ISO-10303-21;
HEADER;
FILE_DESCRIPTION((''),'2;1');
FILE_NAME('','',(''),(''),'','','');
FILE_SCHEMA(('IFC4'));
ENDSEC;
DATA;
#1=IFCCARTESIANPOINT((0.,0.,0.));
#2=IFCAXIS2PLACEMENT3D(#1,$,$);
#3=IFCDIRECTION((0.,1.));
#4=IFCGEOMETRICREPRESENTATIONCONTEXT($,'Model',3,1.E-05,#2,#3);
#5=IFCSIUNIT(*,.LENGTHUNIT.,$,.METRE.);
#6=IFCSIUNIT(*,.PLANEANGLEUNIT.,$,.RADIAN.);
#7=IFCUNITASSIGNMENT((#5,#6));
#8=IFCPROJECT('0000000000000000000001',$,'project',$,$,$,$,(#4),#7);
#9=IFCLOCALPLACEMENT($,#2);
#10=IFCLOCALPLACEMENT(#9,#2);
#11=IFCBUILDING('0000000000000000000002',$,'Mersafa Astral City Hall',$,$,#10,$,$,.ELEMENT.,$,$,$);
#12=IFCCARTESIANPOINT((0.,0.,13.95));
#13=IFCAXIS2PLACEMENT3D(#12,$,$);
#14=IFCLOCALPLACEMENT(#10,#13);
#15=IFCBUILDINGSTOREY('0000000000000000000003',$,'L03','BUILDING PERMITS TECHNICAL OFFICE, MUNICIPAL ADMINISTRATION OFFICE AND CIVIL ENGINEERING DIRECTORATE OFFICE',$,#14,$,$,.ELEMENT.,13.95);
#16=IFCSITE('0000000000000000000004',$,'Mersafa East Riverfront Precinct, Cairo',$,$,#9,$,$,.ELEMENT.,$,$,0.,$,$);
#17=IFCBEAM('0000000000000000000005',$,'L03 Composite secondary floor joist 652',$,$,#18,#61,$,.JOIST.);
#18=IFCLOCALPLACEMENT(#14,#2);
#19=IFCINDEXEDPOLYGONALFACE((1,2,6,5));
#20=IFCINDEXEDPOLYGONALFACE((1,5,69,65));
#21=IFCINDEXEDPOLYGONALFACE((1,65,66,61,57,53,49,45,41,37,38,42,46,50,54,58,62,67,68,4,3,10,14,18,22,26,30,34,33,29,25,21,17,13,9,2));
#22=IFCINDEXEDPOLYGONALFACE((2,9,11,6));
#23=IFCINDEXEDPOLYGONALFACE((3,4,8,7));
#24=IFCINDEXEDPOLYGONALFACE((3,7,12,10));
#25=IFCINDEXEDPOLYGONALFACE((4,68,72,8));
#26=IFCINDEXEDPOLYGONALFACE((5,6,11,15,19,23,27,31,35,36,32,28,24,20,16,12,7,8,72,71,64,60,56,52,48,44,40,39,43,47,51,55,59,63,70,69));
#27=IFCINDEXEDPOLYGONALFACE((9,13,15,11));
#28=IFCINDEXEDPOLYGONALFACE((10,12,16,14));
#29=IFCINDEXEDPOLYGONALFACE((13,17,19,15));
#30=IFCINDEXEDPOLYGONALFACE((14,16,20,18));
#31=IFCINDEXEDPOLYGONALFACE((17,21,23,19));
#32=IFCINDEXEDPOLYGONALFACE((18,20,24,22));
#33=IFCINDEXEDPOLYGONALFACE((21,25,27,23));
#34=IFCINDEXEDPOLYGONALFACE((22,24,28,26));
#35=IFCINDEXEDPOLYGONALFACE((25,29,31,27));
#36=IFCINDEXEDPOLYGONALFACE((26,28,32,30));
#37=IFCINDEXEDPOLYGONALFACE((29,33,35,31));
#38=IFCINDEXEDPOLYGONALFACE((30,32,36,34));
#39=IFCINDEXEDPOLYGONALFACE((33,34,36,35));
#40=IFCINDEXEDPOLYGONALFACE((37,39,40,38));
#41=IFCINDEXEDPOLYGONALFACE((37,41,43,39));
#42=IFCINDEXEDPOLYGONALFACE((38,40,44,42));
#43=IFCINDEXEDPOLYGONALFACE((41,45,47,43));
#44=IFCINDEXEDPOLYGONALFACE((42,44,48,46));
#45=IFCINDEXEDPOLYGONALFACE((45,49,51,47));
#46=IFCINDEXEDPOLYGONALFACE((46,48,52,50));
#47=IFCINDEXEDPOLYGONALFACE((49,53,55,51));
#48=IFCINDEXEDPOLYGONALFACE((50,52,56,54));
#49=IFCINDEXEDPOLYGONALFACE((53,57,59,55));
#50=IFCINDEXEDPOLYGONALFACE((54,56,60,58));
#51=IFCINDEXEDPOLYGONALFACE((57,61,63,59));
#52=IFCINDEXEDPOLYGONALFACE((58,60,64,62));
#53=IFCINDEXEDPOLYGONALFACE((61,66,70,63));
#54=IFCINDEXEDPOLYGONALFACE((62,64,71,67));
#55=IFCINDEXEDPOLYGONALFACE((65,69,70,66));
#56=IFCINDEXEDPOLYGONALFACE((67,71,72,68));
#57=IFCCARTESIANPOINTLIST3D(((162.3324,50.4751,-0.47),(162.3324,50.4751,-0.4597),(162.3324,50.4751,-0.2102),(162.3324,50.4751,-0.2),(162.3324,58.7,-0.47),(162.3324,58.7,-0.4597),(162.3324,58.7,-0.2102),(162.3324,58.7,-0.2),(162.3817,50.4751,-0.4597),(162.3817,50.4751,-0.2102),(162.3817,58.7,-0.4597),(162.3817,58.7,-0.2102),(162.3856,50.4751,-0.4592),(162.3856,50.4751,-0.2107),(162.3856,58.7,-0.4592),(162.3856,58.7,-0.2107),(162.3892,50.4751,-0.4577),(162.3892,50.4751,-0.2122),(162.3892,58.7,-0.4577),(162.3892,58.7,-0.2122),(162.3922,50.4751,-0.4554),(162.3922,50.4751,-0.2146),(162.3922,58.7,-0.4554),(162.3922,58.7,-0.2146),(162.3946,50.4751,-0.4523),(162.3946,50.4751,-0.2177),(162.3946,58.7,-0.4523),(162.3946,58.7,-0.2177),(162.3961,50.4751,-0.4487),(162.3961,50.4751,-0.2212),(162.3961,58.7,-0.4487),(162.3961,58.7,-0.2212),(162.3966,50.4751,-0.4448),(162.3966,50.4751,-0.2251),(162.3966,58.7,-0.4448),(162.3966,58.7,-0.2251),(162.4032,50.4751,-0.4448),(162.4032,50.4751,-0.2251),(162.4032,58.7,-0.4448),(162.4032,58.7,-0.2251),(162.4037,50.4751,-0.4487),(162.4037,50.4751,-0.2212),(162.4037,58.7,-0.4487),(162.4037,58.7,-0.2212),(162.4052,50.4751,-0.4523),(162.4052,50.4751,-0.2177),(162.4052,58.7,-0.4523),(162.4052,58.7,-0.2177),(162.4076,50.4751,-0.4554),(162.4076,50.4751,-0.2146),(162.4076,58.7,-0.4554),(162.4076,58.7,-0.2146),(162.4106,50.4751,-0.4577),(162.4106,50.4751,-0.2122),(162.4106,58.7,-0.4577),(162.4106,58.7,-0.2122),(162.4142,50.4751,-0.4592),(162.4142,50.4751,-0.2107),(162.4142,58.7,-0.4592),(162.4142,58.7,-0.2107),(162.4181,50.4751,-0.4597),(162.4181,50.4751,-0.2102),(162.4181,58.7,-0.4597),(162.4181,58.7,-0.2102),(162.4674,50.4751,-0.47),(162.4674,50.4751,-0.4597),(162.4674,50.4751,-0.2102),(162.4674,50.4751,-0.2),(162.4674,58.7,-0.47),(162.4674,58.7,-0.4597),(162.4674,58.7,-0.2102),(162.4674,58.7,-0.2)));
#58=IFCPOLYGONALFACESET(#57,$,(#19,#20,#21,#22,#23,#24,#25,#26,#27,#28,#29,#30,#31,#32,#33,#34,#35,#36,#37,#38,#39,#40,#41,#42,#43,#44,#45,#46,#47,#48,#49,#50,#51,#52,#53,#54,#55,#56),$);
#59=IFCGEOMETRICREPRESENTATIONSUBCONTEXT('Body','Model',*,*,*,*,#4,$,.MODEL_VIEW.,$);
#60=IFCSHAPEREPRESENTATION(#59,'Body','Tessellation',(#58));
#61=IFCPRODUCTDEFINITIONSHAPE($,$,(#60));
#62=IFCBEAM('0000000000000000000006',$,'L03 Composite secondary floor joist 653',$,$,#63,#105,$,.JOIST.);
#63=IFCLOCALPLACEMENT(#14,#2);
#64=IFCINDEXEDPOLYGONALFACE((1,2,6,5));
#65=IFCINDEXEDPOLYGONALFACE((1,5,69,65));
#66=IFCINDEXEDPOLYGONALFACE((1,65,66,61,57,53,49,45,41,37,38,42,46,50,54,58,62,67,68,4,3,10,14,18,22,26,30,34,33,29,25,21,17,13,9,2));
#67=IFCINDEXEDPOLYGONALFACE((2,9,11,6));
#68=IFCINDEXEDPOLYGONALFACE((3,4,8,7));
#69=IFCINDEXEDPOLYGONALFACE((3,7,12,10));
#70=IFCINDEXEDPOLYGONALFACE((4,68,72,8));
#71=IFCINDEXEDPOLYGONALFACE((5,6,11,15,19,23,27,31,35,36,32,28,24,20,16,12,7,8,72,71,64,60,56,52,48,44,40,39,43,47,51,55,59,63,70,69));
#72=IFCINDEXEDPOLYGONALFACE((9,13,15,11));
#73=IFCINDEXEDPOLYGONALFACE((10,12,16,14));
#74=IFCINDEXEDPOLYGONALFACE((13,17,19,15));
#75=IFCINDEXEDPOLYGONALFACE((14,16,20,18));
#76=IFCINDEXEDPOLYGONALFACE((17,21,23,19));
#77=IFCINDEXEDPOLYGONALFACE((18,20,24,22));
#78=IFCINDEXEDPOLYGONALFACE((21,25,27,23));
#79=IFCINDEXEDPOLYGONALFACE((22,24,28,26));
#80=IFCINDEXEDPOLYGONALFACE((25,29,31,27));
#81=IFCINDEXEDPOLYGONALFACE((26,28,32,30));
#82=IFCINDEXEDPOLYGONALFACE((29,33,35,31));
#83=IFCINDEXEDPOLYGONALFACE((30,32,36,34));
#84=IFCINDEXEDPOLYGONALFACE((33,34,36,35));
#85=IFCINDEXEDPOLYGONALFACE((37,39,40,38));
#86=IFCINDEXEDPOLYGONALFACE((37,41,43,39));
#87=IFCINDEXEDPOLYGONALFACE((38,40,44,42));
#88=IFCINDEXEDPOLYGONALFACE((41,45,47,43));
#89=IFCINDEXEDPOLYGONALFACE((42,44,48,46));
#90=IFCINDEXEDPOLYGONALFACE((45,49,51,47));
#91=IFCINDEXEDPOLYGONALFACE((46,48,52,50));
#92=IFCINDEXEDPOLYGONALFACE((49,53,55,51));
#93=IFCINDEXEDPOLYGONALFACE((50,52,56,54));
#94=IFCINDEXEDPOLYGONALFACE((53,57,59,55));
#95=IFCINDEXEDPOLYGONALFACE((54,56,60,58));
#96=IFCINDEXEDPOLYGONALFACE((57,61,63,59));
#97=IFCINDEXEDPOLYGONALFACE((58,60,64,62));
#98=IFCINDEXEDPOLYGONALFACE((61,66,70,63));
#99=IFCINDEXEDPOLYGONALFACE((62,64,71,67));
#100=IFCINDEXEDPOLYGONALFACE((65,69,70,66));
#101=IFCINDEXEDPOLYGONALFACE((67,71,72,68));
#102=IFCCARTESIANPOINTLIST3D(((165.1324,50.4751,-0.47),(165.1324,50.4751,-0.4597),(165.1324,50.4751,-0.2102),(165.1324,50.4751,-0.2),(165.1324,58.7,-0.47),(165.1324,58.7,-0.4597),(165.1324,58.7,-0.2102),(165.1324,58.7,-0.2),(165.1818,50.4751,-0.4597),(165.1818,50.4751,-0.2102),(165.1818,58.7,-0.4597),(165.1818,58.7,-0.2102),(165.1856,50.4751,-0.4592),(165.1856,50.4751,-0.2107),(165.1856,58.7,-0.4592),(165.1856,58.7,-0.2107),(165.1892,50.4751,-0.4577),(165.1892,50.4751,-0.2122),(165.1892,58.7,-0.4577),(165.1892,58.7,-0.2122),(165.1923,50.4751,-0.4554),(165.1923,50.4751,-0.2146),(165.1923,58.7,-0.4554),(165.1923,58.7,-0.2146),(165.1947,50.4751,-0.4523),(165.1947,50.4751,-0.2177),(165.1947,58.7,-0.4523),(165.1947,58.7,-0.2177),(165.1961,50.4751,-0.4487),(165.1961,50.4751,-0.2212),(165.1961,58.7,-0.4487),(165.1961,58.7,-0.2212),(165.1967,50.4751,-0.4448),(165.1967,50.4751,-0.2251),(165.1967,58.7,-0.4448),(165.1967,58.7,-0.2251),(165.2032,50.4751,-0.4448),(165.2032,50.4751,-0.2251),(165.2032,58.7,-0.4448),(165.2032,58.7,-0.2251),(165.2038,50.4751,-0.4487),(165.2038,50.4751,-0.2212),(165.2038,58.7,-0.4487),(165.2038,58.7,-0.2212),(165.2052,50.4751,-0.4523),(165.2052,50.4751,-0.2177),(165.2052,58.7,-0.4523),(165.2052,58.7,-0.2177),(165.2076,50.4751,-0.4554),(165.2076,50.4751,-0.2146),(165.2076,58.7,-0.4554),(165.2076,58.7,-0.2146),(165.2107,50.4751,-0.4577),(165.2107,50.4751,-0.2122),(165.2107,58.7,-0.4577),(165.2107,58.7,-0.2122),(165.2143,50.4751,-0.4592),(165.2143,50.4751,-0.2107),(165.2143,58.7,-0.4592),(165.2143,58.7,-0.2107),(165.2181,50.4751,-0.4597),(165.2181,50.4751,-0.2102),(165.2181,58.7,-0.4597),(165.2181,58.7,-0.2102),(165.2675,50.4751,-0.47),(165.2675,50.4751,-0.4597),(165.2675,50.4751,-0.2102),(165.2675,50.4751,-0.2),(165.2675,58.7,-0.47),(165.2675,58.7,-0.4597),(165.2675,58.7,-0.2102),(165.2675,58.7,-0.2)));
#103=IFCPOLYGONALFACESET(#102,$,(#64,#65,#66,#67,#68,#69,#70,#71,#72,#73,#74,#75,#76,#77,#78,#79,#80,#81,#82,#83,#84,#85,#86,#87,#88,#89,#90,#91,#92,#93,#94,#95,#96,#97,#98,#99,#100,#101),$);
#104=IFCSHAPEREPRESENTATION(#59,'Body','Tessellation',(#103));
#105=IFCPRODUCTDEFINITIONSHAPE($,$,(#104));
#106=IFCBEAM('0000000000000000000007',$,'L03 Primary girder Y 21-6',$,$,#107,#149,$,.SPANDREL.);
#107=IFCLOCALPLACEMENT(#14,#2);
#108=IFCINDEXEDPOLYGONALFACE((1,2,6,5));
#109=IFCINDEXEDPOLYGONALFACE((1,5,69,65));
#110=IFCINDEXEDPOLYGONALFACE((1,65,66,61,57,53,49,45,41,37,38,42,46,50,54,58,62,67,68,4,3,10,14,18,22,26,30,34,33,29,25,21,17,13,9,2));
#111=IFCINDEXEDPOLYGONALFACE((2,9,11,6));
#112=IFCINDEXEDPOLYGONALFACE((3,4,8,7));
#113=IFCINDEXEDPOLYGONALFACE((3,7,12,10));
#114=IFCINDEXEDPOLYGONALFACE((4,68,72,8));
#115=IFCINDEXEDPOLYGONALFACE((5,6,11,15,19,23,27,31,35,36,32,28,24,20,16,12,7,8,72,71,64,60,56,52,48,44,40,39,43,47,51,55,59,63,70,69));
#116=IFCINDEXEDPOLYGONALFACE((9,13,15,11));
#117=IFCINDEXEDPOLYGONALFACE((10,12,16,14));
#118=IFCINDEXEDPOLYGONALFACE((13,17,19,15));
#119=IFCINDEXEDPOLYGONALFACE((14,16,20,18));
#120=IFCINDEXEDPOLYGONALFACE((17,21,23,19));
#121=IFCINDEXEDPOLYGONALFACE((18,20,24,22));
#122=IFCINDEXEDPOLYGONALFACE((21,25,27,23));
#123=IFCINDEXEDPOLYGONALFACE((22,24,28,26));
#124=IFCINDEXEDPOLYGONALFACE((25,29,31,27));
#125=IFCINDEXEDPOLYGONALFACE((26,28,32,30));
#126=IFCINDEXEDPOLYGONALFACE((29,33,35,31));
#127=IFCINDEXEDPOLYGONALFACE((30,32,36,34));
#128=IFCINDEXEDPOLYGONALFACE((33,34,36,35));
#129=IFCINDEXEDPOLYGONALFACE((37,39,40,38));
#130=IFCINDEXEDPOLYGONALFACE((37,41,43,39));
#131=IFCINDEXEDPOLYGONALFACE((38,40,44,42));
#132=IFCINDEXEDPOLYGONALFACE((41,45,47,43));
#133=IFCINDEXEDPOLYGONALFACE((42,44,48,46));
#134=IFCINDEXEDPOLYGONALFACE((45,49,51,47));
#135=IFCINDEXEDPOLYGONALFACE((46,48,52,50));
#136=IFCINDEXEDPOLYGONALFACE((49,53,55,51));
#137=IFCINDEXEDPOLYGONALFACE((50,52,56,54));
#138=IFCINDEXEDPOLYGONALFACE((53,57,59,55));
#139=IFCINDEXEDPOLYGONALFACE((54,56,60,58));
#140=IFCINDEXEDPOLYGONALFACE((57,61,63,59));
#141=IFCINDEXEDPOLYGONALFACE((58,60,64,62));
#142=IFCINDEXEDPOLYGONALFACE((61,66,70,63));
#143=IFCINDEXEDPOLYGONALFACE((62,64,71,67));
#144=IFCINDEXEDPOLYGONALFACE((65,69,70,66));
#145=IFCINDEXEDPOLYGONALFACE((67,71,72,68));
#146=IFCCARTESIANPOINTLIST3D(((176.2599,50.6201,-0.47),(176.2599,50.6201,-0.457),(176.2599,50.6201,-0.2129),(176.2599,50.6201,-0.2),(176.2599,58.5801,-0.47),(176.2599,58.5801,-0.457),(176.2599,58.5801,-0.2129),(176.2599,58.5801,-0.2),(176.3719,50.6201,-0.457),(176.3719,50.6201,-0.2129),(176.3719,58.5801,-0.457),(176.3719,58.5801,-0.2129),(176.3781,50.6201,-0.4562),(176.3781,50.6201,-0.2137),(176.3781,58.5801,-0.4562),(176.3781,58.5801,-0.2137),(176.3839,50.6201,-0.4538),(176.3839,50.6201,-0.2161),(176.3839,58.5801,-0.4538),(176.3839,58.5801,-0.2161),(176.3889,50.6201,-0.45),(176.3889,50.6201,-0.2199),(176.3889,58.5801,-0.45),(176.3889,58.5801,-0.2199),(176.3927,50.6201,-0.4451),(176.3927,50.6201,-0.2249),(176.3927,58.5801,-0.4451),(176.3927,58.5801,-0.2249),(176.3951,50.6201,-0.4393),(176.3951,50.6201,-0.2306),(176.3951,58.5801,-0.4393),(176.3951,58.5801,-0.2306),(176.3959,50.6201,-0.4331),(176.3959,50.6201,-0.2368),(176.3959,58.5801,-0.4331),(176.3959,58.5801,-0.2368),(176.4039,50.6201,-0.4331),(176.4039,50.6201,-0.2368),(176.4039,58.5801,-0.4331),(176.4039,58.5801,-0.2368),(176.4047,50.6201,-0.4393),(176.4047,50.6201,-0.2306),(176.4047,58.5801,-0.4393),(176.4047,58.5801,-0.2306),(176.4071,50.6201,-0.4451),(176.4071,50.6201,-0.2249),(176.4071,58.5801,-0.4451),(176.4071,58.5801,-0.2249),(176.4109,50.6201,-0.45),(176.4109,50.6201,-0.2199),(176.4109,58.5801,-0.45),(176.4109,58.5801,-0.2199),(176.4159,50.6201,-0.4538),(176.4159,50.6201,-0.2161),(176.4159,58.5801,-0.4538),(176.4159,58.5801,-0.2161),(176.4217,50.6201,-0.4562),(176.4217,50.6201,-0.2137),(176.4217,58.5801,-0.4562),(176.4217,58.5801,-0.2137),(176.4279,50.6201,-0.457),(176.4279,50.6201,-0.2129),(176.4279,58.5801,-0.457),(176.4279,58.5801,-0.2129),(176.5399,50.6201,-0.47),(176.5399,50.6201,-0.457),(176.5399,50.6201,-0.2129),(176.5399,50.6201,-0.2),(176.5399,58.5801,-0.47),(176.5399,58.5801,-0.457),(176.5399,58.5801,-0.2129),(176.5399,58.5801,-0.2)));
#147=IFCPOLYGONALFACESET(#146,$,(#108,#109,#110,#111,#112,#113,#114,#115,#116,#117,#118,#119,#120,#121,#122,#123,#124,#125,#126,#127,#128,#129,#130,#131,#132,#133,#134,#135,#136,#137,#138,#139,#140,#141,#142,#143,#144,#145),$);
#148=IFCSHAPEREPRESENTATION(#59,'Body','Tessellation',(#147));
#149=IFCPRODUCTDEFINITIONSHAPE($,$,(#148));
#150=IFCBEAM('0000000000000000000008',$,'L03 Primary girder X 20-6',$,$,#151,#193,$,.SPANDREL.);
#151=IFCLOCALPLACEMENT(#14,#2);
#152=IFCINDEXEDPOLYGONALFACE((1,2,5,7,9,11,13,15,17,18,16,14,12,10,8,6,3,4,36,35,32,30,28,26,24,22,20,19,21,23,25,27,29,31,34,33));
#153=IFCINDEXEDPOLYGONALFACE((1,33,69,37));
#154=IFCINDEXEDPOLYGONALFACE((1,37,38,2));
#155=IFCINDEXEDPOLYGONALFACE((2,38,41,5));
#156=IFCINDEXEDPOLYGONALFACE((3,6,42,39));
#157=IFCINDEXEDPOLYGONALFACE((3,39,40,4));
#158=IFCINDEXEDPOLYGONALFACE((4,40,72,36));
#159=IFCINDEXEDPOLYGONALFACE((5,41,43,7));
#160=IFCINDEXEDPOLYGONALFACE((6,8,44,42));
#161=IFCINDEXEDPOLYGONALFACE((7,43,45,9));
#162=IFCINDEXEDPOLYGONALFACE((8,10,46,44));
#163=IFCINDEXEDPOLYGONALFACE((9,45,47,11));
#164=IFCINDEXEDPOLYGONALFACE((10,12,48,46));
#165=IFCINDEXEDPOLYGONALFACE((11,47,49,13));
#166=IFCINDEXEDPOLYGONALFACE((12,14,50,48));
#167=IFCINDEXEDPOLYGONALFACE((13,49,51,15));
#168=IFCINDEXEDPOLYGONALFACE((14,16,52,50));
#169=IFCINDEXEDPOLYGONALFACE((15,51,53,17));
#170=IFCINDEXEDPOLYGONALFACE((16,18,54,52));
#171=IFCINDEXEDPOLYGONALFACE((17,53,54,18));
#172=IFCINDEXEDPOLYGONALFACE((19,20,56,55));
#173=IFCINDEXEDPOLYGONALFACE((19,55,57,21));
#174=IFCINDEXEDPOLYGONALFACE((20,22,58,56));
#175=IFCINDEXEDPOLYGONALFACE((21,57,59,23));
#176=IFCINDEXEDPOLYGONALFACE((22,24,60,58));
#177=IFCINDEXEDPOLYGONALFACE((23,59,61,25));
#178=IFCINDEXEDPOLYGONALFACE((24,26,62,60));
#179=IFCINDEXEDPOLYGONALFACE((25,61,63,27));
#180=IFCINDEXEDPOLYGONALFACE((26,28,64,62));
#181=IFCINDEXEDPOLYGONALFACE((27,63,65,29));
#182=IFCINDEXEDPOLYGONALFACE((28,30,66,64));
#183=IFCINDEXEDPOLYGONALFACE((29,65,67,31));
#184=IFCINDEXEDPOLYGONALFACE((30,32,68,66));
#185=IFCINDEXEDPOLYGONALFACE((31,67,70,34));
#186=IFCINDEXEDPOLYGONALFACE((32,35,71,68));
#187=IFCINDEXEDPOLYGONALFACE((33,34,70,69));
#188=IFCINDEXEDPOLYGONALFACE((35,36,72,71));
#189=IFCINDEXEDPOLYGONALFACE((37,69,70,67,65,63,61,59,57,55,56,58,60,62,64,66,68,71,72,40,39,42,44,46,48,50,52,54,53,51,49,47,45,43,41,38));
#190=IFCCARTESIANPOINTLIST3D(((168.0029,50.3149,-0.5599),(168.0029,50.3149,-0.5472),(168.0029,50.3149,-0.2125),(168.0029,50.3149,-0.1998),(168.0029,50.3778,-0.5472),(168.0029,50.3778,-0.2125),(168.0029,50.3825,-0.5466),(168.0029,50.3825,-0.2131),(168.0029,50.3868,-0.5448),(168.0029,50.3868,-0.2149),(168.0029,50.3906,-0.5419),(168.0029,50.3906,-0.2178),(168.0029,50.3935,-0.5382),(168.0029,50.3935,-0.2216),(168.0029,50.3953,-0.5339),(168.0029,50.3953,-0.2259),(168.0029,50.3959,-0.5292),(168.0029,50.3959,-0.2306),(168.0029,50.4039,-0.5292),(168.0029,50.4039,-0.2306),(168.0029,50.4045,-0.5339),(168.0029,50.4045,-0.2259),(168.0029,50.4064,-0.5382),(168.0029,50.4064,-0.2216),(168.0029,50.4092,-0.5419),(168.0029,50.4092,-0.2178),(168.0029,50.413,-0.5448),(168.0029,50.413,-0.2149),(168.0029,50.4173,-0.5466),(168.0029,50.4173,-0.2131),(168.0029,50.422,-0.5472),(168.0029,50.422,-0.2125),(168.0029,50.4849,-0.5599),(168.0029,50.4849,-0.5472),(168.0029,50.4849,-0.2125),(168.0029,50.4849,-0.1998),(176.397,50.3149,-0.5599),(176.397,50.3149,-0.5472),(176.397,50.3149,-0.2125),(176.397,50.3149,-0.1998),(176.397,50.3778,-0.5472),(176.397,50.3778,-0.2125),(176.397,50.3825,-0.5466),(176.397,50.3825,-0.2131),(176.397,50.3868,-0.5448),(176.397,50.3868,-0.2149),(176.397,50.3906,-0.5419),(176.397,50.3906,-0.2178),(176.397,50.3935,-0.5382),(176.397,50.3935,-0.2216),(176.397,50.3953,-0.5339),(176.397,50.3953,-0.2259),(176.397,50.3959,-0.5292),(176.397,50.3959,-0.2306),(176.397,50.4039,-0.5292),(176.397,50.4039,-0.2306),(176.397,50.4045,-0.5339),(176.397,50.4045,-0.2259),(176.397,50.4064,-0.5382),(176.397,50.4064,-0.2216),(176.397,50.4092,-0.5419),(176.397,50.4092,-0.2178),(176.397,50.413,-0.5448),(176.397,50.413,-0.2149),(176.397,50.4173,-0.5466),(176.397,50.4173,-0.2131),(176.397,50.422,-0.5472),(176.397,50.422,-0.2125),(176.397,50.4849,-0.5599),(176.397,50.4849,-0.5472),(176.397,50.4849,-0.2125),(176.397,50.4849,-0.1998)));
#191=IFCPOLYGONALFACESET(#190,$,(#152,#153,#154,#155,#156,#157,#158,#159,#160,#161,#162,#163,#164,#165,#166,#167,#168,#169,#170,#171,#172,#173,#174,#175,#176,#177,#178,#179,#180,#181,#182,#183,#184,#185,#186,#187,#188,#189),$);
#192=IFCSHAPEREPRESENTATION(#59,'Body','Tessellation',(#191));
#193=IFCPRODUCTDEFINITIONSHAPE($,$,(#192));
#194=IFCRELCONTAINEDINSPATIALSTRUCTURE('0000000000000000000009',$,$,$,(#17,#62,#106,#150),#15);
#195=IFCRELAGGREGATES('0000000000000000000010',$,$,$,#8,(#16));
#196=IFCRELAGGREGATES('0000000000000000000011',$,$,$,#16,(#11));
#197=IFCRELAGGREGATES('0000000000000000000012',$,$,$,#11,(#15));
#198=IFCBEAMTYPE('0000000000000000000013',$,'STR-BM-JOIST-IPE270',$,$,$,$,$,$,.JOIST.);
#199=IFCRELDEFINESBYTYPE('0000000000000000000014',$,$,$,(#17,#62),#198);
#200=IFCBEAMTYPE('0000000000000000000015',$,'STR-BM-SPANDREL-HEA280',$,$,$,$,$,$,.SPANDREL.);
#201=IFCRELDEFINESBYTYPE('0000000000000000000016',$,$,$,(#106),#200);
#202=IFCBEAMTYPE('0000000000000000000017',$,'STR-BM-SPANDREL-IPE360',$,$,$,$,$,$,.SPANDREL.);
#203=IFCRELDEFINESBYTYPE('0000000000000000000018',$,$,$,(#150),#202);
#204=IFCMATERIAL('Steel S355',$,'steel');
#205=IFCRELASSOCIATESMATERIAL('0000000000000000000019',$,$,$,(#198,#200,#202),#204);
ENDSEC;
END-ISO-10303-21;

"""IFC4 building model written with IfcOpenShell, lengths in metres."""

from ifc_helpers import new_model, si_unit, direction, frame, origin, origin_2d, place, context, subcontext, project, spatial, i_section, extrude, material, material_profile, profile_set, type_object, element, save


model = new_model("IFC4")

# Units and contexts
model_context = context("Model", 3, precision=1e-05, world=origin(), true_north=direction((0.0, 1.0)))
body_context = subcontext(model_context, "Body", "Model", "MODEL_VIEW")
ifc_project = project(units=[si_unit("LENGTHUNIT", "METRE"), si_unit("PLANEANGLEUNIT", "RADIAN")], contexts=[model_context])

# Site, building, storey
site_placement = place(None, origin())
site = spatial("IfcSite", under=ifc_project, at=site_placement, Name="Mersafa East Riverfront Precinct, Cairo", CompositionType="ELEMENT", RefElevation=0.0)
building_placement = place(site_placement, origin())
building = spatial("IfcBuilding", under=site, at=building_placement, Name="Mersafa Astral City Hall", CompositionType="ELEMENT")
storey_placement = place(building_placement, frame((0.0, 0.0, 13.95)))
storey = spatial("IfcBuildingStorey", under=building, at=storey_placement, Name="L03", Description="BUILDING PERMITS TECHNICAL OFFICE, MUNICIPAL ADMINISTRATION OFFICE AND CIVIL ENGINEERING DIRECTORATE OFFICE", CompositionType="ELEMENT", Elevation=13.95)

# Shared definitions
ifc_material_1 = material(Name="Steel S355", Category="steel")

# Beams
ifc_material_profile_1 = material_profile(ifc_material_1, i_section(OverallWidth=0.135, OverallDepth=0.27, WebThickness=0.0066, FlangeThickness=0.0103, FilletRadius=0.0149, at=origin_2d()), Name="IPE 270")
ifc_profile_set_1 = profile_set([ifc_material_profile_1], Name="Steel S355")
beam_type_1 = type_object("IfcBeamType", Name="STR-BM-JOIST-IPE270", PredefinedType="JOIST", material=ifc_profile_set_1)
for number, where, z_axis, x_axis, name in (
    (1, (162.3999, 50.4751, -0.335), (0.0, 1.0, 0.0), (-1.0, 0.0, 0.0), "L03 Composite secondary floor joist 652"),
    (2, (165.2, 50.4751, -0.335), (0.0, 1.0, 0.0), (-1.0, 0.0, 0.0), "L03 Composite secondary floor joist 653"),
):
    element("IfcBeam", number, at=place(storey_placement, frame(where, z_axis=z_axis, x_axis=x_axis)), inside=storey, type_object=beam_type_1, Name=name, PredefinedType="JOIST", context=body_context, shape_type="SweptSolid", body=[
        extrude(i_section(OverallWidth=0.135, OverallDepth=0.27, WebThickness=0.0066, FlangeThickness=0.0103, FilletRadius=0.0149, at=origin_2d()), origin(), (0.0, 0.0, 1.0), 8.2249),
    ])
ifc_material_profile_2 = material_profile(ifc_material_1, i_section(OverallWidth=0.28, OverallDepth=0.27, WebThickness=0.0081, FlangeThickness=0.0129, FilletRadius=0.0239, at=origin_2d()), Name="HEA 280")
ifc_profile_set_2 = profile_set([ifc_material_profile_2], Name="Steel S355")
beam_type_2 = type_object("IfcBeamType", Name="STR-BM-SPANDREL-HEA280", PredefinedType="SPANDREL", material=ifc_profile_set_2)
beam_1_placement = place(storey_placement, frame((176.3999, 50.6201, -0.335), z_axis=(0.0, 1.0, 0.0), x_axis=(-1.0, 0.0, 0.0)))
element("IfcBeam", 3, at=beam_1_placement, inside=storey, type_object=beam_type_2, Name="L03 Primary girder Y 21-6", PredefinedType="SPANDREL", context=body_context, shape_type="SweptSolid", body=[
    extrude(i_section(OverallWidth=0.28, OverallDepth=0.27, WebThickness=0.0081, FlangeThickness=0.0129, FilletRadius=0.0239, at=origin_2d()), origin(), (0.0, 0.0, 1.0), 7.96),
])
ifc_material_profile_3 = material_profile(ifc_material_1, i_section(OverallWidth=0.1699, OverallDepth=0.3601, WebThickness=0.0081, FlangeThickness=0.0127, FilletRadius=0.0181, at=origin_2d()), Name="IPE 360")
ifc_profile_set_3 = profile_set([ifc_material_profile_3], Name="Steel S355")
beam_type_3 = type_object("IfcBeamType", Name="STR-BM-SPANDREL-IPE360", PredefinedType="SPANDREL", material=ifc_profile_set_3)
beam_2_placement = place(storey_placement, frame((168.0029, 50.3999, -0.3799), z_axis=(1.0, 0.0, 0.0), x_axis=(0.0, 1.0, 0.0)))
element("IfcBeam", 4, at=beam_2_placement, inside=storey, type_object=beam_type_3, Name="L03 Primary girder X 20-6", PredefinedType="SPANDREL", context=body_context, shape_type="SweptSolid", body=[
    extrude(i_section(OverallWidth=0.1699, OverallDepth=0.3601, WebThickness=0.0081, FlangeThickness=0.0127, FilletRadius=0.0181, at=origin_2d()), origin(), (0.0, 0.0, 1.0), 8.394),
])

save(model, "model.ifc")
